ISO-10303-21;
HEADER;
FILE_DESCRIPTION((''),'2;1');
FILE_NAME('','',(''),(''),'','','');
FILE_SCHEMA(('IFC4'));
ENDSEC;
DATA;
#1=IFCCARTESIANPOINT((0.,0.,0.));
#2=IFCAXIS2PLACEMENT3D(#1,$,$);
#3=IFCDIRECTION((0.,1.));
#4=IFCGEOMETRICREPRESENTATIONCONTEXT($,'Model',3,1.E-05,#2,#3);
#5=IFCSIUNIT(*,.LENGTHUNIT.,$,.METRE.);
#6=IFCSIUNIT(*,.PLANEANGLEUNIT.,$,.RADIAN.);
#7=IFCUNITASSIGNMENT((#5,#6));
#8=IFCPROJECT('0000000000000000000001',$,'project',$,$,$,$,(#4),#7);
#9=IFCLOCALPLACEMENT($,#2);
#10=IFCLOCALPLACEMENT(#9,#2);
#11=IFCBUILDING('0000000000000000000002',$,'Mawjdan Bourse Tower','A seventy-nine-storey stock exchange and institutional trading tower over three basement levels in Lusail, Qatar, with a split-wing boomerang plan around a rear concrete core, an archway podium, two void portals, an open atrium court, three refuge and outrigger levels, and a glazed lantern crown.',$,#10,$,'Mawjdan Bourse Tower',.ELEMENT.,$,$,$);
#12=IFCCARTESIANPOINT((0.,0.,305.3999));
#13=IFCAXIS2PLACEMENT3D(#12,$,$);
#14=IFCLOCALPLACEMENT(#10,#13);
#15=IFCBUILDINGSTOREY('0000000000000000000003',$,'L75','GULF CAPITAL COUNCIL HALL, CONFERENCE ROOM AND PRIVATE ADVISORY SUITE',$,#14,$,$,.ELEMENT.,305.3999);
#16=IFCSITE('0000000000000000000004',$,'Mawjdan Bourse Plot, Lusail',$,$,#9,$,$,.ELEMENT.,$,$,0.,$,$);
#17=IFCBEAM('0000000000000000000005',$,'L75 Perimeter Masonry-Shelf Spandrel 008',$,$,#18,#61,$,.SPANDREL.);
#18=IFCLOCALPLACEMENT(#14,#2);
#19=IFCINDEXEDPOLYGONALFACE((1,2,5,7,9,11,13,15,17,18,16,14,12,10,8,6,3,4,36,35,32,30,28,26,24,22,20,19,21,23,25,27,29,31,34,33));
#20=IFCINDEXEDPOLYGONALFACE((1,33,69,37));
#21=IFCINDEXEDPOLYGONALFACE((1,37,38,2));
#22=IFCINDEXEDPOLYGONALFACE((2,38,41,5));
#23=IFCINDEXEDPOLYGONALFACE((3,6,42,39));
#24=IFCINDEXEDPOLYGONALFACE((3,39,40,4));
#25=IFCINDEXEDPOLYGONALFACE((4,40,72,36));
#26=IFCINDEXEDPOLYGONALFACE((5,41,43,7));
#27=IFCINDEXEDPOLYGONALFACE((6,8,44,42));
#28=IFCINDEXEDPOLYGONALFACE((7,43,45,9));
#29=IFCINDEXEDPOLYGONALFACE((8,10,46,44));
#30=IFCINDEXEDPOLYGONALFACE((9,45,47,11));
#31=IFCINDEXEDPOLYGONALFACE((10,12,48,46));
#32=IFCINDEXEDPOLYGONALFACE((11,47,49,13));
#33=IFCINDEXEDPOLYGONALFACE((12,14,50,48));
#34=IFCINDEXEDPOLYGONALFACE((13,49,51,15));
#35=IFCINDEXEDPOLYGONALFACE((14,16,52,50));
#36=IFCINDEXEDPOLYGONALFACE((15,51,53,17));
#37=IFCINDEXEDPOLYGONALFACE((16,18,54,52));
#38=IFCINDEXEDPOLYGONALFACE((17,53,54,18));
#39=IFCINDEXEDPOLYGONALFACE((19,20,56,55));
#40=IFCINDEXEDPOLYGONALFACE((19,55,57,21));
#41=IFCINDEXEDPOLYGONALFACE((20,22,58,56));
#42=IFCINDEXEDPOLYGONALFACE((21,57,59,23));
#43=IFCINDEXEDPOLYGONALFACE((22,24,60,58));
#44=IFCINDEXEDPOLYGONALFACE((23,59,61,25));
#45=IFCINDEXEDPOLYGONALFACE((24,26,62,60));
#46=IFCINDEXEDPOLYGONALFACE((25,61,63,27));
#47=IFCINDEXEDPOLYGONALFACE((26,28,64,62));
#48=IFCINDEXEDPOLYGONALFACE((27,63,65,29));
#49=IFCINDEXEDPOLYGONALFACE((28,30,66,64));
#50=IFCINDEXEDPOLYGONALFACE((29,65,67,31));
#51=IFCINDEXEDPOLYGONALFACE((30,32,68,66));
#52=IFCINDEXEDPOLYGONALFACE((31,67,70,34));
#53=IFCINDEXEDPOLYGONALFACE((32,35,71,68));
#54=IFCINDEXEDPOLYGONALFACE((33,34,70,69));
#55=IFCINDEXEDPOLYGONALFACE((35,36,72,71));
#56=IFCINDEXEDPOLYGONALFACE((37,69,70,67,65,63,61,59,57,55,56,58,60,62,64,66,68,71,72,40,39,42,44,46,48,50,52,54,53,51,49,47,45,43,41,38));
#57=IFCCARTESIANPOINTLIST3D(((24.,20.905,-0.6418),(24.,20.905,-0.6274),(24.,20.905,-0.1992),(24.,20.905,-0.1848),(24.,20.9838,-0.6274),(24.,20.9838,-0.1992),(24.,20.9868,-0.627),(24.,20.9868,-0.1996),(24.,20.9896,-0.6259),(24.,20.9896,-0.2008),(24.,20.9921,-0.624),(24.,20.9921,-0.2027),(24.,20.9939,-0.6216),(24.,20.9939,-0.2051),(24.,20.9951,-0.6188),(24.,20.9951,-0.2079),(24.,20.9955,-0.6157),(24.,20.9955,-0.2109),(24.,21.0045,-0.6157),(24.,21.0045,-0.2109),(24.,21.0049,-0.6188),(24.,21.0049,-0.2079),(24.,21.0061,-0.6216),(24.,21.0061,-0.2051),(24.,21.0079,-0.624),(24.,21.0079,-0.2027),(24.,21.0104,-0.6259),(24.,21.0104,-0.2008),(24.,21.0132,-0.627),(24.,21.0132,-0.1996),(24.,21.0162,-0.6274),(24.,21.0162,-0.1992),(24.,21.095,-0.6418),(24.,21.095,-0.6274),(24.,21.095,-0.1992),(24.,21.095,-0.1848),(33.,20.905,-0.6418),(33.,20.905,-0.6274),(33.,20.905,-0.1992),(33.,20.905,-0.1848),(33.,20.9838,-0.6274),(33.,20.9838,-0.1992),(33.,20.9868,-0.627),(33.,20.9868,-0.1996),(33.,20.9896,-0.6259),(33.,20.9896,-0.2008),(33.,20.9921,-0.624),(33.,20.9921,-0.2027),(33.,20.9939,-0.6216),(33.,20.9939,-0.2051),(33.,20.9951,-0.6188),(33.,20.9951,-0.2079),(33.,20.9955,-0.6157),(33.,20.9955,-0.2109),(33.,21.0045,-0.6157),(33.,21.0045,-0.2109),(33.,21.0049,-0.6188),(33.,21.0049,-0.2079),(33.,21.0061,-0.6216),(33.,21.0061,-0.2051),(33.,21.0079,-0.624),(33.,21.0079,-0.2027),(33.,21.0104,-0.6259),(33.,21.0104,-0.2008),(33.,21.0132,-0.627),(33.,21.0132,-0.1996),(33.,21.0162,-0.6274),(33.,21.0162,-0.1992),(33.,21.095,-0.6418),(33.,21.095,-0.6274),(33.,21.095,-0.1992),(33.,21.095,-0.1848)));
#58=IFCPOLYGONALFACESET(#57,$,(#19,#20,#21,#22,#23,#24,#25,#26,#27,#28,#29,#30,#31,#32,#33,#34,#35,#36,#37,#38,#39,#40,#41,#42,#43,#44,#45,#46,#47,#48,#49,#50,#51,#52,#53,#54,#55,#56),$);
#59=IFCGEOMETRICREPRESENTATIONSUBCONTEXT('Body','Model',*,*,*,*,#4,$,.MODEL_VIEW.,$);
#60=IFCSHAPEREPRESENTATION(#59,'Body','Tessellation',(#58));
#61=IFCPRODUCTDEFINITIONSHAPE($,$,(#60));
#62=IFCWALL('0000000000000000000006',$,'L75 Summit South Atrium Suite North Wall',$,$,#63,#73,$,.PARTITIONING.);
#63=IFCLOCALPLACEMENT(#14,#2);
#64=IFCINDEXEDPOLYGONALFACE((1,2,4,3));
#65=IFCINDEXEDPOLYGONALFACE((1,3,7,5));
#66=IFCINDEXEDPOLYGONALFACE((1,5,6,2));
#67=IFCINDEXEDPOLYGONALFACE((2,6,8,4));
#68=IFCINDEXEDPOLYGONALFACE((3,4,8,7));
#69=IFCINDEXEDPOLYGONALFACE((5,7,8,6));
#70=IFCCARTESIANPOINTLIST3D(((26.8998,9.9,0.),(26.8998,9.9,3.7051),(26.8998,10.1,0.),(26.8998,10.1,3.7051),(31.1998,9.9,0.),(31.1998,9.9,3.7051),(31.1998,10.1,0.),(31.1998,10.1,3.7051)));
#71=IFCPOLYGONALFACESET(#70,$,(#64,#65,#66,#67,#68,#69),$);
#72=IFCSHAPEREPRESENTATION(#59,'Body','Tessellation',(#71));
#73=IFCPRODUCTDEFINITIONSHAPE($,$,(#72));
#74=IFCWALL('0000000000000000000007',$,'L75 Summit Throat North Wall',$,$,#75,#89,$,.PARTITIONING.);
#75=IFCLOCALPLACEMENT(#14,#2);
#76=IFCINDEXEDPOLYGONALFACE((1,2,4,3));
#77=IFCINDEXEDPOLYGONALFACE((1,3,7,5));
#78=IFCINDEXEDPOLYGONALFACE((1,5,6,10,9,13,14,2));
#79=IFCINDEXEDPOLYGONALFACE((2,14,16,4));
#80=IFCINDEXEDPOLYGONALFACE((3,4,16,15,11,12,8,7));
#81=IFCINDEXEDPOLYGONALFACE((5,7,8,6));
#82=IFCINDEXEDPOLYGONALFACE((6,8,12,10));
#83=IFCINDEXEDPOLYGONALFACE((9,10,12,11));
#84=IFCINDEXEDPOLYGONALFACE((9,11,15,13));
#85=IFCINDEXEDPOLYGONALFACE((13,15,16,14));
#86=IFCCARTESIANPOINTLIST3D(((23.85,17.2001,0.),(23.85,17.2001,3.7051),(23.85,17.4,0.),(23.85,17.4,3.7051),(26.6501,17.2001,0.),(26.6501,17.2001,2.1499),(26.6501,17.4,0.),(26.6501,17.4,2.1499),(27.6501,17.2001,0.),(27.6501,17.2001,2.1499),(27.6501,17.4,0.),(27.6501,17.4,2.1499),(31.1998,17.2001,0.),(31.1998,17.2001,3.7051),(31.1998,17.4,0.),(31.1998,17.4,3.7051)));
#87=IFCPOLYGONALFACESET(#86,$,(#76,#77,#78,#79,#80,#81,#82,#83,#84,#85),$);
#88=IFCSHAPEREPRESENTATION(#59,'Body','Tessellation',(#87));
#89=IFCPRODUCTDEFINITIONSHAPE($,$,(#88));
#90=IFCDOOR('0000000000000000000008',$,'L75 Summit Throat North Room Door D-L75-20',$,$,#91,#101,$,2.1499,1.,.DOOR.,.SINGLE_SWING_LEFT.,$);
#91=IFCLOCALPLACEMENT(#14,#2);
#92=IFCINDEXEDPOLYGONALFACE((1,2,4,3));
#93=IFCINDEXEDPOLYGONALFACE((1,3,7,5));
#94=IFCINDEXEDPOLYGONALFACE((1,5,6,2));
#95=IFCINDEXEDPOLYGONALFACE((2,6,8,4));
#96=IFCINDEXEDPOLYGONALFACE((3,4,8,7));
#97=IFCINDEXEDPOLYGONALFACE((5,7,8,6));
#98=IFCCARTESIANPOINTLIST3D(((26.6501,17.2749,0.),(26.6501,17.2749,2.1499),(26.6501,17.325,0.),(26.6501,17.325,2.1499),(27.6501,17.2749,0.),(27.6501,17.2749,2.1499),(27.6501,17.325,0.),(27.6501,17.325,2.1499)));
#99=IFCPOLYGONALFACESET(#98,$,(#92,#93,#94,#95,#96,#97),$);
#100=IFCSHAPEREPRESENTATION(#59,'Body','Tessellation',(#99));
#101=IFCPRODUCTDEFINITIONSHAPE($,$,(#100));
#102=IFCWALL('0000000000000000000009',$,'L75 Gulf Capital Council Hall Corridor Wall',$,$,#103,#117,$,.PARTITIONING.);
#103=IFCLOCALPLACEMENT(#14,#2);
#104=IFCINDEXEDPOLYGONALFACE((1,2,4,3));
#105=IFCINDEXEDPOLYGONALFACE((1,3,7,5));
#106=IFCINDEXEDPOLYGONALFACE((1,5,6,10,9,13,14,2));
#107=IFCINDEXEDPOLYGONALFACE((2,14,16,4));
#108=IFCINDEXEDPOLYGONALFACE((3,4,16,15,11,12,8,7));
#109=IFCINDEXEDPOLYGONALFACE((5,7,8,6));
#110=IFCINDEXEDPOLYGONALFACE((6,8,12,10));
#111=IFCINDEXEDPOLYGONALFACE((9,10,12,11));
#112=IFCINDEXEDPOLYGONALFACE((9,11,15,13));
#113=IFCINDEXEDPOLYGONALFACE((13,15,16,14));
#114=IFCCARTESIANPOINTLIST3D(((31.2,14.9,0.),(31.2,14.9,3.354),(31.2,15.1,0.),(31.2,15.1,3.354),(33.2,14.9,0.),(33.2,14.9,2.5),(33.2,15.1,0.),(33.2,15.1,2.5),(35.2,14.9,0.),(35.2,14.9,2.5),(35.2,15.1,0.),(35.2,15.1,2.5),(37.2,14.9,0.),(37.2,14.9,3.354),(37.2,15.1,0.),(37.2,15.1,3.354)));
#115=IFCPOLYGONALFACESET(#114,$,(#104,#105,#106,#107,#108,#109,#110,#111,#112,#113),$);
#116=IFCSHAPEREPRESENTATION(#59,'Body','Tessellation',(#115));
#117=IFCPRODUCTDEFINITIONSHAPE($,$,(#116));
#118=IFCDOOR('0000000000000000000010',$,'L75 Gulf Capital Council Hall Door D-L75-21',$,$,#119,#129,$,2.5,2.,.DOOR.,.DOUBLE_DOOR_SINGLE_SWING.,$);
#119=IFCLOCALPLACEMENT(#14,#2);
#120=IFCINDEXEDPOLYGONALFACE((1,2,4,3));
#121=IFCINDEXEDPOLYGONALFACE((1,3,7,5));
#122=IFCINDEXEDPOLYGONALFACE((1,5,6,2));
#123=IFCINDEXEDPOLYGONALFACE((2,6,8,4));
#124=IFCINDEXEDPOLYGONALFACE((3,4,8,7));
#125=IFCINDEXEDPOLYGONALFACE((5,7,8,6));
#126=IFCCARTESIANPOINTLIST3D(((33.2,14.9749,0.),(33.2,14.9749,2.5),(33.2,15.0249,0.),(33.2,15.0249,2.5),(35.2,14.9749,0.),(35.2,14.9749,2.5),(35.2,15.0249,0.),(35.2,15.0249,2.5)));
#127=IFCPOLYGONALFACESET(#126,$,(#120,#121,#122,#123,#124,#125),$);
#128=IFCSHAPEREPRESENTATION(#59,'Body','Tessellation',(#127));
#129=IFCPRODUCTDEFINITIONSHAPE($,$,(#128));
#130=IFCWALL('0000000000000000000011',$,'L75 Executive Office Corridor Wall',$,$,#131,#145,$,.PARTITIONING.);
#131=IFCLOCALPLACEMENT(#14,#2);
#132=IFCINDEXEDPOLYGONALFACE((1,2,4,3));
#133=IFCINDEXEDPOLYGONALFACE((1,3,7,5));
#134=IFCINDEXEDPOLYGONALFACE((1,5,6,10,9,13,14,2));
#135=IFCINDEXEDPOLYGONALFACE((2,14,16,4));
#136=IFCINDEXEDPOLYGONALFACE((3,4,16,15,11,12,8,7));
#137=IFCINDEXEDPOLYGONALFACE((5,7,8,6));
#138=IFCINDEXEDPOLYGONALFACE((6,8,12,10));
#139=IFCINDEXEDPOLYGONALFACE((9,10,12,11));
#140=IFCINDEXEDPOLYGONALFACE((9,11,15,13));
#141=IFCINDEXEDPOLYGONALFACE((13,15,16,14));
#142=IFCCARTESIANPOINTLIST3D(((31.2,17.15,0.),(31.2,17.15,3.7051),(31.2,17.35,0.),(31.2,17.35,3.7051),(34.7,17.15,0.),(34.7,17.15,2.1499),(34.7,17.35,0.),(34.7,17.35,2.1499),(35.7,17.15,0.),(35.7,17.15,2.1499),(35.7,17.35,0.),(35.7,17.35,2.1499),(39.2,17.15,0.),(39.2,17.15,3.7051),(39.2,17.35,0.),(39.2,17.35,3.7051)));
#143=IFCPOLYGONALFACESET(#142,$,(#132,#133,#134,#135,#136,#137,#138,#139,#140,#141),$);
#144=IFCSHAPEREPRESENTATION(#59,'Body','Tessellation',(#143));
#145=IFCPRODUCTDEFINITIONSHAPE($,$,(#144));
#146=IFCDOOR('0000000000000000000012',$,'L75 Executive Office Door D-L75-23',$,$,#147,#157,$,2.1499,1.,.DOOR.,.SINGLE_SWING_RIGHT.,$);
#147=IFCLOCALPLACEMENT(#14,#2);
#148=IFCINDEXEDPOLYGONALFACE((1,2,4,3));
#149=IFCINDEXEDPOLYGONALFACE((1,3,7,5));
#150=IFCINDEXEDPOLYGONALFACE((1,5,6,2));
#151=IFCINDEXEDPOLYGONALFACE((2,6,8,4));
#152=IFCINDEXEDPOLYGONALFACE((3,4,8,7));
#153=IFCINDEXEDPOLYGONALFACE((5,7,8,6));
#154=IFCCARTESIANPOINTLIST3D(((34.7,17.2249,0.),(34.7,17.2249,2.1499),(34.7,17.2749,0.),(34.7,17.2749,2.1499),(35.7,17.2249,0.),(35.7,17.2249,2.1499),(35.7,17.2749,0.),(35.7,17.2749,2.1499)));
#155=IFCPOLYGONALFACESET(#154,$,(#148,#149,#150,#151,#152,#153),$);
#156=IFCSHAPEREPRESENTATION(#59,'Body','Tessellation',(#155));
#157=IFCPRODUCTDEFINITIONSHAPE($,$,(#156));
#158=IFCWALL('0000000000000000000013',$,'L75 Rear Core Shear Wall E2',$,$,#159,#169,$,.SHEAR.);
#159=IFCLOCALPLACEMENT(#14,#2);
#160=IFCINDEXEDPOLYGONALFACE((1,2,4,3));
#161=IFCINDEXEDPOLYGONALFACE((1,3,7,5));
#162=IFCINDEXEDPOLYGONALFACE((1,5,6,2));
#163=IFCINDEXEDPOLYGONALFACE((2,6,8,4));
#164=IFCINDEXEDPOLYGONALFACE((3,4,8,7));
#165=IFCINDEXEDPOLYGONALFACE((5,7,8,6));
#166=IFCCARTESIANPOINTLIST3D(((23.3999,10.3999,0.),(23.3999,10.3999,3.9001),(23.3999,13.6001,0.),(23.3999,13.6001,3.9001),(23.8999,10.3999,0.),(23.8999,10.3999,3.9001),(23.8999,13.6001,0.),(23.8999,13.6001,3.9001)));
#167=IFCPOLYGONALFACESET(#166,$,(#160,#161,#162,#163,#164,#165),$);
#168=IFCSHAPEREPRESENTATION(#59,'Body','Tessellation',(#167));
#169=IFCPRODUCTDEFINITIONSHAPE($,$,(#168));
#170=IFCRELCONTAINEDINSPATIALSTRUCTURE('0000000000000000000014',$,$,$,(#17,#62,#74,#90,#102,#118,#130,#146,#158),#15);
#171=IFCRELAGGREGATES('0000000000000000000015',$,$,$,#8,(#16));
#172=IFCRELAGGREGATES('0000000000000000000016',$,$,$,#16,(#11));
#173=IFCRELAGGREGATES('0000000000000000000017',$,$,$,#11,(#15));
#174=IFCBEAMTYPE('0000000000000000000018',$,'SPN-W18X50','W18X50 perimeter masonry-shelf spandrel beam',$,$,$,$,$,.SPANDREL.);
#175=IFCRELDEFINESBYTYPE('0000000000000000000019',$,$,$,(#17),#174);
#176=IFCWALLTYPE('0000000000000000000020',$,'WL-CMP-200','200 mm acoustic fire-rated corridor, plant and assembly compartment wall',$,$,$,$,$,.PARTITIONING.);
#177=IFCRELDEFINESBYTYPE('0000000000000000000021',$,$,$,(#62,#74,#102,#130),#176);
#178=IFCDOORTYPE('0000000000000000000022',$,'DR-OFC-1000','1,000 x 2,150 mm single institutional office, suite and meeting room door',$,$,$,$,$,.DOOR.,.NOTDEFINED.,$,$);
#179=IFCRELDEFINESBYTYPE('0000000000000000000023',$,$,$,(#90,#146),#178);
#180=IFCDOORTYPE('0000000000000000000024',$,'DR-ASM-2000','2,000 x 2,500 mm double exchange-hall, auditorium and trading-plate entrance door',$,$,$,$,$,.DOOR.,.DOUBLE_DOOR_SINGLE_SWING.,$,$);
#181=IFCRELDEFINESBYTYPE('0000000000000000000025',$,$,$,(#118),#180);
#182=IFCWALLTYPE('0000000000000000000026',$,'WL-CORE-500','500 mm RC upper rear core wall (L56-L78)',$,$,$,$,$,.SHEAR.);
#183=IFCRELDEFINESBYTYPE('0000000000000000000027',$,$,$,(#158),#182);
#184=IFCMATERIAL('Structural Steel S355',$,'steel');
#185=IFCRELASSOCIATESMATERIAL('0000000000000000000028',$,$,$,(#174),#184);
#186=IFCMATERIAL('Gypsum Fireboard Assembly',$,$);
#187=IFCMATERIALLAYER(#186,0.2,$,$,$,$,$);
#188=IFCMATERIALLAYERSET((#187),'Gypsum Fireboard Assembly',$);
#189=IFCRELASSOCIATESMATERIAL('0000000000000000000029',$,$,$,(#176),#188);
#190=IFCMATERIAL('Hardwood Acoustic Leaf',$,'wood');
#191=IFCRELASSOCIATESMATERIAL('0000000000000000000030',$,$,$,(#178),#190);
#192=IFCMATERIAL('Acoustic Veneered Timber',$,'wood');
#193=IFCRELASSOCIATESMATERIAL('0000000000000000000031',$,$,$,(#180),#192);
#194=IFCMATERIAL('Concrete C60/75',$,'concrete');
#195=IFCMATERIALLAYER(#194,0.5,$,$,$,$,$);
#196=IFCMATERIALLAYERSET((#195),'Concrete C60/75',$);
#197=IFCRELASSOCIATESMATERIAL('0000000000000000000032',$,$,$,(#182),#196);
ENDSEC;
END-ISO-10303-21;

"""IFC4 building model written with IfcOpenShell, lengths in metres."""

from ifc_helpers import new_model, si_unit, direction, frame, frame_2d, origin, origin_2d, place, context, subcontext, project, spatial, rectangle, i_section, extrude, material, layer, layer_set, material_profile, profile_set, type_object, element, fill, save


model = new_model("IFC4")

# Units and contexts
model_context = context("Model", 3, precision=1e-05, world=origin(), true_north=direction((0.0, 1.0)))
body_context = subcontext(model_context, "Body", "Model", "MODEL_VIEW")
ifc_project = project(units=[si_unit("LENGTHUNIT", "METRE"), si_unit("PLANEANGLEUNIT", "RADIAN")], contexts=[model_context])

# Site, building, storey
site_placement = place(None, origin())
site = spatial("IfcSite", under=ifc_project, at=site_placement, Name="Mawjdan Bourse Plot, Lusail", CompositionType="ELEMENT", RefElevation=0.0)
building_placement = place(site_placement, origin())
building = spatial("IfcBuilding", under=site, at=building_placement, Name="Mawjdan Bourse Tower", Description="A seventy-nine-storey stock exchange and institutional trading tower over three basement levels in Lusail, Qatar, with a split-wing boomerang plan around a rear concrete core, an archway podium, two void portals, an open atrium court, three refuge and outrigger levels, and a glazed lantern crown.", LongName="Mawjdan Bourse Tower", CompositionType="ELEMENT")
storey_placement = place(building_placement, frame((0.0, 0.0, 305.3999)))
storey = spatial("IfcBuildingStorey", under=building, at=storey_placement, Name="L75", Description="GULF CAPITAL COUNCIL HALL, CONFERENCE ROOM AND PRIVATE ADVISORY SUITE", CompositionType="ELEMENT", Elevation=305.3999)

# Shared definitions
ifc_material_1 = material(Name="Concrete C60/75", Category="concrete")

# Beam
ifc_material_2 = material(Name="Structural Steel S355", Category="steel")
ifc_material_profile_1 = material_profile(ifc_material_2, i_section(OverallWidth=0.1899, OverallDepth=0.457, WebThickness=0.009, FlangeThickness=0.0144, FilletRadius=0.0117, at=origin_2d()), Name="W18X50")
ifc_profile_set_1 = profile_set([ifc_material_profile_1], Name="Structural Steel S355")
beam_type_1 = type_object("IfcBeamType", Name="SPN-W18X50", Description="W18X50 perimeter masonry-shelf spandrel beam", PredefinedType="SPANDREL", material=ifc_profile_set_1)
beam_1_placement = place(storey_placement, frame((24.0, 21.0, -0.4133), z_axis=(1.0, 0.0, 0.0), x_axis=(0.0, 1.0, 0.0)))
element("IfcBeam", 1, at=beam_1_placement, inside=storey, type_object=beam_type_1, Name="L75 Perimeter Masonry-Shelf Spandrel 008", PredefinedType="SPANDREL", context=body_context, shape_type="SweptSolid", body=[
    extrude(i_section(OverallWidth=0.1899, OverallDepth=0.457, WebThickness=0.009, FlangeThickness=0.0144, FilletRadius=0.0117, at=origin_2d()), origin(), (0.0, 0.0, 1.0), 9.0),
])

# Wall
ifc_material_3 = material(Name="Gypsum Fireboard Assembly")
ifc_layer_1 = layer(ifc_material_3, 0.2)
ifc_layer_set_1 = layer_set([ifc_layer_1], Name="Gypsum Fireboard Assembly")
wall_type_1 = type_object("IfcWallType", Name="WL-CMP-200", Description="200 mm acoustic fire-rated corridor, plant and assembly compartment wall", PredefinedType="PARTITIONING", material=ifc_layer_set_1)
wall_1_placement = place(storey_placement, frame((26.8999, 10.0, 0.0), z_axis=(0.0, 0.0, 1.0), x_axis=(1.0, 0.0, 0.0)))
element("IfcWall", 2, at=wall_1_placement, inside=storey, type_object=wall_type_1, Name="L75 Summit South Atrium Suite North Wall", PredefinedType="PARTITIONING", context=body_context, shape_type="SweptSolid", body=[
    extrude(rectangle(XDim=4.3, YDim=0.2, at=frame_2d((2.1499, 0.0))), origin(), (0.0, 0.0, 1.0), 3.7051),
])

# Walls, openings, doors
wall_2_placement = place(storey_placement, frame((23.8501, 17.3, 0.0), z_axis=(0.0, 0.0, 1.0), x_axis=(1.0, 0.0, 0.0)))
wall_2 = element("IfcWall", 3, at=wall_2_placement, inside=storey, type_object=wall_type_1, Name="L75 Summit Throat North Wall", PredefinedType="PARTITIONING", context=body_context, shape_type="SweptSolid", body=[
    extrude(rectangle(XDim=7.3499, YDim=0.2, at=frame_2d((3.6748, 0.0))), origin(), (0.0, 0.0, 1.0), 3.7051),
])
opening_1_placement = place(wall_2_placement, frame((2.8, 0.0, 0.0)))
opening_1 = element("IfcOpeningElement", 4, at=opening_1_placement, cuts=wall_2, PredefinedType="OPENING", context=body_context, shape_type="SweptSolid", body=[
    extrude(rectangle(XDim=1.0, YDim=2.1499, at=frame_2d((0.5, 1.075))), frame((0.0, 0.1099, 0.0), z_axis=(0.0, -1.0, 0.0), x_axis=(1.0, 0.0, 0.0)), (0.0, 0.0, 1.0), 0.22),
])
ifc_material_4 = material(Name="Hardwood Acoustic Leaf", Category="wood")
door_type_1 = type_object("IfcDoorType", Name="DR-OFC-1000", Description="1,000 x 2,150 mm single institutional office, suite and meeting room door", OperationType="NOTDEFINED", PredefinedType="DOOR", material=ifc_material_4)
door_1_placement = place(opening_1_placement, origin())
door_1 = element("IfcDoor", 5, at=door_1_placement, inside=storey, type_object=door_type_1, Name="L75 Summit Throat North Room Door D-L75-20", OperationType="SINGLE_SWING_LEFT", OverallHeight=2.1499, OverallWidth=1.0, PredefinedType="DOOR", context=body_context, shape_type="SweptSolid", body=[
    extrude(rectangle(XDim=1.0, YDim=2.1499, at=frame_2d((0.5, 1.075))), frame((0.0, 0.0249, 0.0), z_axis=(0.0, -1.0, 0.0), x_axis=(1.0, 0.0, 0.0)), (0.0, 0.0, 1.0), 0.05),
])
fill(opening_1, door_1)
wall_3_placement = place(storey_placement, frame((31.2, 15.0, 0.0), z_axis=(0.0, 0.0, 1.0), x_axis=(1.0, 0.0, 0.0)))
wall_3 = element("IfcWall", 6, at=wall_3_placement, inside=storey, type_object=wall_type_1, Name="L75 Gulf Capital Council Hall Corridor Wall", PredefinedType="PARTITIONING", context=body_context, shape_type="SweptSolid", body=[
    extrude(rectangle(XDim=6.0, YDim=0.2, at=frame_2d((3.0, 0.0))), origin(), (0.0, 0.0, 1.0), 3.354),
])
opening_2_placement = place(wall_3_placement, frame((2.0, 0.0, 0.0)))
opening_2 = element("IfcOpeningElement", 7, at=opening_2_placement, cuts=wall_3, PredefinedType="OPENING", context=body_context, shape_type="SweptSolid", body=[
    extrude(rectangle(XDim=2.0, YDim=2.5, at=frame_2d((1.0, 1.25))), frame((0.0, 0.1099, 0.0), z_axis=(0.0, -1.0, 0.0), x_axis=(1.0, 0.0, 0.0)), (0.0, 0.0, 1.0), 0.22),
])
ifc_material_5 = material(Name="Acoustic Veneered Timber", Category="wood")
door_type_2 = type_object("IfcDoorType", Name="DR-ASM-2000", Description="2,000 x 2,500 mm double exchange-hall, auditorium and trading-plate entrance door", OperationType="DOUBLE_DOOR_SINGLE_SWING", PredefinedType="DOOR", material=ifc_material_5)
door_2_placement = place(opening_2_placement, origin())
door_2 = element("IfcDoor", 8, at=door_2_placement, inside=storey, type_object=door_type_2, Name="L75 Gulf Capital Council Hall Door D-L75-21", OperationType="DOUBLE_DOOR_SINGLE_SWING", OverallHeight=2.5, OverallWidth=2.0, PredefinedType="DOOR", context=body_context, shape_type="SweptSolid", body=[
    extrude(rectangle(XDim=2.0, YDim=2.5, at=frame_2d((1.0, 1.25))), frame((0.0, 0.0249, 0.0), z_axis=(0.0, -1.0, 0.0), x_axis=(1.0, 0.0, 0.0)), (0.0, 0.0, 1.0), 0.05),
])
fill(opening_2, door_2)
wall_4_placement = place(storey_placement, frame((31.2, 17.25, 0.0), z_axis=(0.0, 0.0, 1.0), x_axis=(1.0, 0.0, 0.0)))
wall_4 = element("IfcWall", 9, at=wall_4_placement, inside=storey, type_object=wall_type_1, Name="L75 Executive Office Corridor Wall", PredefinedType="PARTITIONING", context=body_context, shape_type="SweptSolid", body=[
    extrude(rectangle(XDim=8.0, YDim=0.2, at=frame_2d((4.0, 0.0))), origin(), (0.0, 0.0, 1.0), 3.7051),
])
opening_3_placement = place(wall_4_placement, frame((3.5, 0.0, 0.0)))
opening_3 = element("IfcOpeningElement", 10, at=opening_3_placement, cuts=wall_4, PredefinedType="OPENING", context=body_context, shape_type="SweptSolid", body=[
    extrude(rectangle(XDim=1.0, YDim=2.1499, at=frame_2d((0.5, 1.075))), frame((0.0, 0.1099, 0.0), z_axis=(0.0, -1.0, 0.0), x_axis=(1.0, 0.0, 0.0)), (0.0, 0.0, 1.0), 0.22),
])
door_3_placement = place(opening_3_placement, origin())
door_3 = element("IfcDoor", 11, at=door_3_placement, inside=storey, type_object=door_type_1, Name="L75 Executive Office Door D-L75-23", OperationType="SINGLE_SWING_RIGHT", OverallHeight=2.1499, OverallWidth=1.0, PredefinedType="DOOR", context=body_context, shape_type="SweptSolid", body=[
    extrude(rectangle(XDim=1.0, YDim=2.1499, at=frame_2d((0.5, 1.075))), frame((0.0, 0.0249, 0.0), z_axis=(0.0, -1.0, 0.0), x_axis=(1.0, 0.0, 0.0)), (0.0, 0.0, 1.0), 0.05),
])
fill(opening_3, door_3)

# Wall
ifc_layer_2 = layer(ifc_material_1, 0.5)
ifc_layer_set_2 = layer_set([ifc_layer_2], Name="Concrete C60/75")
wall_type_2 = type_object("IfcWallType", Name="WL-CORE-500", Description="500 mm RC upper rear core wall (L56-L78)", PredefinedType="SHEAR", material=ifc_layer_set_2)
wall_5_placement = place(storey_placement, frame((23.6499, 10.3999, 0.0), z_axis=(0.0, 0.0, 1.0), x_axis=(0.0, 1.0, 0.0)))
element("IfcWall", 12, at=wall_5_placement, inside=storey, type_object=wall_type_2, Name="L75 Rear Core Shear Wall E2", PredefinedType="SHEAR", context=body_context, shape_type="SweptSolid", body=[
    extrude(rectangle(XDim=3.2002, YDim=0.5, at=frame_2d((1.6001, 0.0))), origin(), (0.0, 0.0, 1.0), 3.9001),
])

save(model, "model.ifc")
